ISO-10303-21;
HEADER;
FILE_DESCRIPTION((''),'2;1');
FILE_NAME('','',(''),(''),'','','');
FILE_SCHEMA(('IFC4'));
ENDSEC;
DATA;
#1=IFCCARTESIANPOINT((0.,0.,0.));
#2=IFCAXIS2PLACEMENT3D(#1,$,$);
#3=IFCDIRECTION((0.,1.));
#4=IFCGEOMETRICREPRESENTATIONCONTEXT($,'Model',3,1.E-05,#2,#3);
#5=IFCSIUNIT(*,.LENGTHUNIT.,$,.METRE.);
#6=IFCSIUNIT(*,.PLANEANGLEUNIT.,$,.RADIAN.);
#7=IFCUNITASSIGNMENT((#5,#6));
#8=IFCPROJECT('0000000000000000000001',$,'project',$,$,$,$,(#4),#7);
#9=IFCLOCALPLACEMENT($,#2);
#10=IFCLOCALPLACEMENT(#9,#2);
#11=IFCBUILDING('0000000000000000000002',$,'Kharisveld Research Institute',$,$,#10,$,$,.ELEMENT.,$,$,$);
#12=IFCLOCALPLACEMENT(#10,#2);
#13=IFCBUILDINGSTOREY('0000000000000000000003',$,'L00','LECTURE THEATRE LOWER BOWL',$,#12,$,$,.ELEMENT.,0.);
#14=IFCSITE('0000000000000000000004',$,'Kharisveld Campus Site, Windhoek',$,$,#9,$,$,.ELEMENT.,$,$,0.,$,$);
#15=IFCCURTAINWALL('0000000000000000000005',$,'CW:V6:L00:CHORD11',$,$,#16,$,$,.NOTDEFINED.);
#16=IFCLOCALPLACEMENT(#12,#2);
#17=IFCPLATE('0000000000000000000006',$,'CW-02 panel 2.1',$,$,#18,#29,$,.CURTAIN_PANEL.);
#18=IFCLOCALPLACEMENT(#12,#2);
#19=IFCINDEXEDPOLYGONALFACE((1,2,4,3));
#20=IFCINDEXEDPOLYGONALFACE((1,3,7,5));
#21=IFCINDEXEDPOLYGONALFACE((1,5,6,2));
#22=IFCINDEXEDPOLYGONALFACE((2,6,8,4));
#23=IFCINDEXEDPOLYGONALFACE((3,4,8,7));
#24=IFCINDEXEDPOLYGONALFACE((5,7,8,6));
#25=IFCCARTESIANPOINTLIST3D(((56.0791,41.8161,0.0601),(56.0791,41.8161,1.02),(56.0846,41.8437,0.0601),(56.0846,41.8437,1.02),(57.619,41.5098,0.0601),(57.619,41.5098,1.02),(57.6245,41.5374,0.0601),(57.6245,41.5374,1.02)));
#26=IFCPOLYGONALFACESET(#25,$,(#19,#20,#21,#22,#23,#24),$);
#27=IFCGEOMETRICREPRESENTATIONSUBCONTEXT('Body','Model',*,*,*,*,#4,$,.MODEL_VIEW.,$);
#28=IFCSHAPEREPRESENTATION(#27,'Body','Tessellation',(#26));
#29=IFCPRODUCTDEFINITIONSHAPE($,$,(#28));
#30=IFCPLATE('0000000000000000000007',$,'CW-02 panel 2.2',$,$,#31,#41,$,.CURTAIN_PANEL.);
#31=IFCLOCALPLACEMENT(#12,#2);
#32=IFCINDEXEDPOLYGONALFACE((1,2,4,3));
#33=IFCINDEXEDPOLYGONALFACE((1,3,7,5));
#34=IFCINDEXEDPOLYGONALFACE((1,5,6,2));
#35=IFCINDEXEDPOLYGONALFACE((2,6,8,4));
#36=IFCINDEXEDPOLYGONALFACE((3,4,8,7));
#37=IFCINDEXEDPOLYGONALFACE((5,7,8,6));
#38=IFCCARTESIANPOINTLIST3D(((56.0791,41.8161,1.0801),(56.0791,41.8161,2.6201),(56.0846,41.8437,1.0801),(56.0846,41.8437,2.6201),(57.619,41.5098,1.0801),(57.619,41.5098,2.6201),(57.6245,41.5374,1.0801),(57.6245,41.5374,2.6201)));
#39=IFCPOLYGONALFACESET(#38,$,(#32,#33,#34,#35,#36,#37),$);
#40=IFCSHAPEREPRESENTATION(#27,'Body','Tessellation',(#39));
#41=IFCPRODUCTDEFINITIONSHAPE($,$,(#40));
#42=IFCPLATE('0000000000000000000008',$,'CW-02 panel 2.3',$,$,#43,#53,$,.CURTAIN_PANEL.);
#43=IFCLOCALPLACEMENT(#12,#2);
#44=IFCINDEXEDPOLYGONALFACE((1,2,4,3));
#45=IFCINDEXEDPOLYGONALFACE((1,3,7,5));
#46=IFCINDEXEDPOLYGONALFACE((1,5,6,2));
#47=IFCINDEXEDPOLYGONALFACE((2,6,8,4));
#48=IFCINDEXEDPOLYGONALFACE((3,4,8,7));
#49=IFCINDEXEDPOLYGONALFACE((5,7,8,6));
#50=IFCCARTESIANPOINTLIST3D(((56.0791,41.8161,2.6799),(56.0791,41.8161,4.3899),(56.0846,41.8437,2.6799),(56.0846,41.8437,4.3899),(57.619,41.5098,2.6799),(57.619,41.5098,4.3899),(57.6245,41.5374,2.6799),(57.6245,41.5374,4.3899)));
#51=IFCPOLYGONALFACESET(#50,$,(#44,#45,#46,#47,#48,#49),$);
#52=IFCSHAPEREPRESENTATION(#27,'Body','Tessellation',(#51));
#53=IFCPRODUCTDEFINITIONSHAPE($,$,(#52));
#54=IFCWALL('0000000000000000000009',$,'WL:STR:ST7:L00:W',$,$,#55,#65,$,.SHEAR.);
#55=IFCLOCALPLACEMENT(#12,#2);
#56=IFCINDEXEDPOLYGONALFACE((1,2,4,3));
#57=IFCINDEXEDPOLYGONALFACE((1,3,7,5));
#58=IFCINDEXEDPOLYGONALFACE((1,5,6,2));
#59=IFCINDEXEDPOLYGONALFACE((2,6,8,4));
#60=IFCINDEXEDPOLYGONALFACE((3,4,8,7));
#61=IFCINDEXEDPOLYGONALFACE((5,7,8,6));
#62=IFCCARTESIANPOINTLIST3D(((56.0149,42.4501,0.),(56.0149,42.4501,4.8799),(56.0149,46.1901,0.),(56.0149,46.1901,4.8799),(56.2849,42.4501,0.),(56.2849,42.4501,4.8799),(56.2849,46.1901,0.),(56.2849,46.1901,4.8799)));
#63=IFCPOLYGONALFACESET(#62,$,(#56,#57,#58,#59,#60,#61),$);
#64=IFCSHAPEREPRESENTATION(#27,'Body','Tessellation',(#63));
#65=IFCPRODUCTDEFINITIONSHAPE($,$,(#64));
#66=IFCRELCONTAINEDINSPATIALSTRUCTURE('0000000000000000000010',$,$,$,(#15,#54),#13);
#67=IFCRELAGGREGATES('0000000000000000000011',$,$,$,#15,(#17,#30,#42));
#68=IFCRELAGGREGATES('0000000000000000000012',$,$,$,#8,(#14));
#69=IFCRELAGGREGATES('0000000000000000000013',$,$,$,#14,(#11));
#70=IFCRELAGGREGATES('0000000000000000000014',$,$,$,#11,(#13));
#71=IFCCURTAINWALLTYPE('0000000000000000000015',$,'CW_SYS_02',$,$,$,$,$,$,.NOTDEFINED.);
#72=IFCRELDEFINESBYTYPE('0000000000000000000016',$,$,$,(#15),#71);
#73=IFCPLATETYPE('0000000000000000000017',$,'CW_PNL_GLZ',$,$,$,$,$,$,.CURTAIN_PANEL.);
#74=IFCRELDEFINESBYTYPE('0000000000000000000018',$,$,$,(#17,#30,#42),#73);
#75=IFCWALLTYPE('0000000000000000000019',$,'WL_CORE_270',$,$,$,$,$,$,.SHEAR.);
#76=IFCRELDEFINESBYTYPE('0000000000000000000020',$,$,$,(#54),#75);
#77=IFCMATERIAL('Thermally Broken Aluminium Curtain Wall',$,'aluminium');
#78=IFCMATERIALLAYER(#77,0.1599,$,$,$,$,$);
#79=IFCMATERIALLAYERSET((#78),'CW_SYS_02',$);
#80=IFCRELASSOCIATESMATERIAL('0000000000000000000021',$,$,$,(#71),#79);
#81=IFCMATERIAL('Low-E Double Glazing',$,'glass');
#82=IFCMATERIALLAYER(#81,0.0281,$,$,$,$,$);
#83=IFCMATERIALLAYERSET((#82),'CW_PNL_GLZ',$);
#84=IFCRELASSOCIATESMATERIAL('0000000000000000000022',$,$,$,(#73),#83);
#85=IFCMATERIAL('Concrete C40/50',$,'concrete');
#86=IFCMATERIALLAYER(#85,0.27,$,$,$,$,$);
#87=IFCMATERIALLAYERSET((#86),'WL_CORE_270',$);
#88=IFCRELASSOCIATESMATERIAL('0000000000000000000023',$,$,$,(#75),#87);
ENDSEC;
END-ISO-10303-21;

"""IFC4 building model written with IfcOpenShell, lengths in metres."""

from ifc_helpers import new_model, si_unit, direction, frame, frame_2d, origin, origin_2d, place, context, subcontext, project, spatial, rectangle, extrude, material, layer, layer_set, type_object, element, aggregate, save


model = new_model("IFC4")

# Units and contexts
model_context = context("Model", 3, precision=1e-05, world=origin(), true_north=direction((0.0, 1.0)))
body_context = subcontext(model_context, "Body", "Model", "MODEL_VIEW")
ifc_project = project(units=[si_unit("LENGTHUNIT", "METRE"), si_unit("PLANEANGLEUNIT", "RADIAN")], contexts=[model_context])

# Site, building, storey
site_placement = place(None, origin())
site = spatial("IfcSite", under=ifc_project, at=site_placement, Name="Kharisveld Campus Site, Windhoek", CompositionType="ELEMENT", RefElevation=0.0)
building_placement = place(site_placement, origin())
building = spatial("IfcBuilding", under=site, at=building_placement, Name="Kharisveld Research Institute", CompositionType="ELEMENT")
storey_placement = place(building_placement, origin())
storey = spatial("IfcBuildingStorey", under=building, at=storey_placement, Name="L00", Description="LECTURE THEATRE LOWER BOWL", CompositionType="ELEMENT", Elevation=0.0)

# Curtain wall
ifc_material_1 = material(Name="Thermally Broken Aluminium Curtain Wall", Category="aluminium")
ifc_layer_1 = layer(ifc_material_1, 0.1599)
ifc_layer_set_1 = layer_set([ifc_layer_1], Name="CW_SYS_02")
curtain_wall_type_1 = type_object("IfcCurtainWallType", Name="CW_SYS_02", PredefinedType="NOTDEFINED", material=ifc_layer_set_1)
curtain_wall_1_placement = place(storey_placement, origin())
curtain_wall_1 = element("IfcCurtainWall", 1, at=curtain_wall_1_placement, inside=storey, type_object=curtain_wall_type_1, Name="CW:V6:L00:CHORD11", PredefinedType="NOTDEFINED")

# Plates
ifc_material_2 = material(Name="Low-E Double Glazing", Category="glass")
ifc_layer_2 = layer(ifc_material_2, 0.0281)
ifc_layer_set_2 = layer_set([ifc_layer_2], Name="CW_PNL_GLZ")
plate_type = type_object("IfcPlateType", Name="CW_PNL_GLZ", PredefinedType="CURTAIN_PANEL", material=ifc_layer_set_2)
plate_1_placement = place(storey_placement, frame((56.8518, 41.6768, 0.0601), z_axis=(0.0, 0.0, 1.0), x_axis=(-0.980785, 0.195091, 0.0)))
plate_1 = element("IfcPlate", 2, at=plate_1_placement, type_object=plate_type, Name="CW-02 panel 2.1", PredefinedType="CURTAIN_PANEL", context=body_context, shape_type="SweptSolid", body=[
    extrude(rectangle(XDim=1.5701, YDim=0.0281, at=origin_2d()), origin(), (0.0, 0.0, 1.0), 0.96),
])
plate_2_placement = place(storey_placement, frame((56.8518, 41.6768, 1.0801), z_axis=(0.0, 0.0, 1.0), x_axis=(-0.980785, 0.195091, 0.0)))
plate_2 = element("IfcPlate", 3, at=plate_2_placement, type_object=plate_type, Name="CW-02 panel 2.2", PredefinedType="CURTAIN_PANEL", context=body_context, shape_type="SweptSolid", body=[
    extrude(rectangle(XDim=1.5701, YDim=0.0281, at=origin_2d()), origin(), (0.0, 0.0, 1.0), 1.54),
])
plate_3_placement = place(storey_placement, frame((56.8518, 41.6768, 2.6799), z_axis=(0.0, 0.0, 1.0), x_axis=(-0.980785, 0.195091, 0.0)))
plate_3 = element("IfcPlate", 4, at=plate_3_placement, type_object=plate_type, Name="CW-02 panel 2.3", PredefinedType="CURTAIN_PANEL", context=body_context, shape_type="SweptSolid", body=[
    extrude(rectangle(XDim=1.5701, YDim=0.0281, at=origin_2d()), origin(), (0.0, 0.0, 1.0), 1.71),
])
aggregate(curtain_wall_1, [plate_1, plate_2, plate_3])

# Wall
ifc_material_3 = material(Name="Concrete C40/50", Category="concrete")
ifc_layer_3 = layer(ifc_material_3, 0.27)
ifc_layer_set_3 = layer_set([ifc_layer_3], Name="WL_CORE_270")
wall_type = type_object("IfcWallType", Name="WL_CORE_270", PredefinedType="SHEAR", material=ifc_layer_set_3)
wall_placement = place(storey_placement, frame((56.1499, 42.45, 0.0), z_axis=(0.0, 0.0, 1.0), x_axis=(0.0, 1.0, 0.0)))
element("IfcWall", 5, at=wall_placement, inside=storey, type_object=wall_type, Name="WL:STR:ST7:L00:W", PredefinedType="SHEAR", context=body_context, shape_type="SweptSolid", body=[
    extrude(rectangle(XDim=3.74, YDim=0.27, at=frame_2d((1.8701, 0.0))), origin(), (0.0, 0.0, 1.0), 4.8799),
])

save(model, "model.ifc")
